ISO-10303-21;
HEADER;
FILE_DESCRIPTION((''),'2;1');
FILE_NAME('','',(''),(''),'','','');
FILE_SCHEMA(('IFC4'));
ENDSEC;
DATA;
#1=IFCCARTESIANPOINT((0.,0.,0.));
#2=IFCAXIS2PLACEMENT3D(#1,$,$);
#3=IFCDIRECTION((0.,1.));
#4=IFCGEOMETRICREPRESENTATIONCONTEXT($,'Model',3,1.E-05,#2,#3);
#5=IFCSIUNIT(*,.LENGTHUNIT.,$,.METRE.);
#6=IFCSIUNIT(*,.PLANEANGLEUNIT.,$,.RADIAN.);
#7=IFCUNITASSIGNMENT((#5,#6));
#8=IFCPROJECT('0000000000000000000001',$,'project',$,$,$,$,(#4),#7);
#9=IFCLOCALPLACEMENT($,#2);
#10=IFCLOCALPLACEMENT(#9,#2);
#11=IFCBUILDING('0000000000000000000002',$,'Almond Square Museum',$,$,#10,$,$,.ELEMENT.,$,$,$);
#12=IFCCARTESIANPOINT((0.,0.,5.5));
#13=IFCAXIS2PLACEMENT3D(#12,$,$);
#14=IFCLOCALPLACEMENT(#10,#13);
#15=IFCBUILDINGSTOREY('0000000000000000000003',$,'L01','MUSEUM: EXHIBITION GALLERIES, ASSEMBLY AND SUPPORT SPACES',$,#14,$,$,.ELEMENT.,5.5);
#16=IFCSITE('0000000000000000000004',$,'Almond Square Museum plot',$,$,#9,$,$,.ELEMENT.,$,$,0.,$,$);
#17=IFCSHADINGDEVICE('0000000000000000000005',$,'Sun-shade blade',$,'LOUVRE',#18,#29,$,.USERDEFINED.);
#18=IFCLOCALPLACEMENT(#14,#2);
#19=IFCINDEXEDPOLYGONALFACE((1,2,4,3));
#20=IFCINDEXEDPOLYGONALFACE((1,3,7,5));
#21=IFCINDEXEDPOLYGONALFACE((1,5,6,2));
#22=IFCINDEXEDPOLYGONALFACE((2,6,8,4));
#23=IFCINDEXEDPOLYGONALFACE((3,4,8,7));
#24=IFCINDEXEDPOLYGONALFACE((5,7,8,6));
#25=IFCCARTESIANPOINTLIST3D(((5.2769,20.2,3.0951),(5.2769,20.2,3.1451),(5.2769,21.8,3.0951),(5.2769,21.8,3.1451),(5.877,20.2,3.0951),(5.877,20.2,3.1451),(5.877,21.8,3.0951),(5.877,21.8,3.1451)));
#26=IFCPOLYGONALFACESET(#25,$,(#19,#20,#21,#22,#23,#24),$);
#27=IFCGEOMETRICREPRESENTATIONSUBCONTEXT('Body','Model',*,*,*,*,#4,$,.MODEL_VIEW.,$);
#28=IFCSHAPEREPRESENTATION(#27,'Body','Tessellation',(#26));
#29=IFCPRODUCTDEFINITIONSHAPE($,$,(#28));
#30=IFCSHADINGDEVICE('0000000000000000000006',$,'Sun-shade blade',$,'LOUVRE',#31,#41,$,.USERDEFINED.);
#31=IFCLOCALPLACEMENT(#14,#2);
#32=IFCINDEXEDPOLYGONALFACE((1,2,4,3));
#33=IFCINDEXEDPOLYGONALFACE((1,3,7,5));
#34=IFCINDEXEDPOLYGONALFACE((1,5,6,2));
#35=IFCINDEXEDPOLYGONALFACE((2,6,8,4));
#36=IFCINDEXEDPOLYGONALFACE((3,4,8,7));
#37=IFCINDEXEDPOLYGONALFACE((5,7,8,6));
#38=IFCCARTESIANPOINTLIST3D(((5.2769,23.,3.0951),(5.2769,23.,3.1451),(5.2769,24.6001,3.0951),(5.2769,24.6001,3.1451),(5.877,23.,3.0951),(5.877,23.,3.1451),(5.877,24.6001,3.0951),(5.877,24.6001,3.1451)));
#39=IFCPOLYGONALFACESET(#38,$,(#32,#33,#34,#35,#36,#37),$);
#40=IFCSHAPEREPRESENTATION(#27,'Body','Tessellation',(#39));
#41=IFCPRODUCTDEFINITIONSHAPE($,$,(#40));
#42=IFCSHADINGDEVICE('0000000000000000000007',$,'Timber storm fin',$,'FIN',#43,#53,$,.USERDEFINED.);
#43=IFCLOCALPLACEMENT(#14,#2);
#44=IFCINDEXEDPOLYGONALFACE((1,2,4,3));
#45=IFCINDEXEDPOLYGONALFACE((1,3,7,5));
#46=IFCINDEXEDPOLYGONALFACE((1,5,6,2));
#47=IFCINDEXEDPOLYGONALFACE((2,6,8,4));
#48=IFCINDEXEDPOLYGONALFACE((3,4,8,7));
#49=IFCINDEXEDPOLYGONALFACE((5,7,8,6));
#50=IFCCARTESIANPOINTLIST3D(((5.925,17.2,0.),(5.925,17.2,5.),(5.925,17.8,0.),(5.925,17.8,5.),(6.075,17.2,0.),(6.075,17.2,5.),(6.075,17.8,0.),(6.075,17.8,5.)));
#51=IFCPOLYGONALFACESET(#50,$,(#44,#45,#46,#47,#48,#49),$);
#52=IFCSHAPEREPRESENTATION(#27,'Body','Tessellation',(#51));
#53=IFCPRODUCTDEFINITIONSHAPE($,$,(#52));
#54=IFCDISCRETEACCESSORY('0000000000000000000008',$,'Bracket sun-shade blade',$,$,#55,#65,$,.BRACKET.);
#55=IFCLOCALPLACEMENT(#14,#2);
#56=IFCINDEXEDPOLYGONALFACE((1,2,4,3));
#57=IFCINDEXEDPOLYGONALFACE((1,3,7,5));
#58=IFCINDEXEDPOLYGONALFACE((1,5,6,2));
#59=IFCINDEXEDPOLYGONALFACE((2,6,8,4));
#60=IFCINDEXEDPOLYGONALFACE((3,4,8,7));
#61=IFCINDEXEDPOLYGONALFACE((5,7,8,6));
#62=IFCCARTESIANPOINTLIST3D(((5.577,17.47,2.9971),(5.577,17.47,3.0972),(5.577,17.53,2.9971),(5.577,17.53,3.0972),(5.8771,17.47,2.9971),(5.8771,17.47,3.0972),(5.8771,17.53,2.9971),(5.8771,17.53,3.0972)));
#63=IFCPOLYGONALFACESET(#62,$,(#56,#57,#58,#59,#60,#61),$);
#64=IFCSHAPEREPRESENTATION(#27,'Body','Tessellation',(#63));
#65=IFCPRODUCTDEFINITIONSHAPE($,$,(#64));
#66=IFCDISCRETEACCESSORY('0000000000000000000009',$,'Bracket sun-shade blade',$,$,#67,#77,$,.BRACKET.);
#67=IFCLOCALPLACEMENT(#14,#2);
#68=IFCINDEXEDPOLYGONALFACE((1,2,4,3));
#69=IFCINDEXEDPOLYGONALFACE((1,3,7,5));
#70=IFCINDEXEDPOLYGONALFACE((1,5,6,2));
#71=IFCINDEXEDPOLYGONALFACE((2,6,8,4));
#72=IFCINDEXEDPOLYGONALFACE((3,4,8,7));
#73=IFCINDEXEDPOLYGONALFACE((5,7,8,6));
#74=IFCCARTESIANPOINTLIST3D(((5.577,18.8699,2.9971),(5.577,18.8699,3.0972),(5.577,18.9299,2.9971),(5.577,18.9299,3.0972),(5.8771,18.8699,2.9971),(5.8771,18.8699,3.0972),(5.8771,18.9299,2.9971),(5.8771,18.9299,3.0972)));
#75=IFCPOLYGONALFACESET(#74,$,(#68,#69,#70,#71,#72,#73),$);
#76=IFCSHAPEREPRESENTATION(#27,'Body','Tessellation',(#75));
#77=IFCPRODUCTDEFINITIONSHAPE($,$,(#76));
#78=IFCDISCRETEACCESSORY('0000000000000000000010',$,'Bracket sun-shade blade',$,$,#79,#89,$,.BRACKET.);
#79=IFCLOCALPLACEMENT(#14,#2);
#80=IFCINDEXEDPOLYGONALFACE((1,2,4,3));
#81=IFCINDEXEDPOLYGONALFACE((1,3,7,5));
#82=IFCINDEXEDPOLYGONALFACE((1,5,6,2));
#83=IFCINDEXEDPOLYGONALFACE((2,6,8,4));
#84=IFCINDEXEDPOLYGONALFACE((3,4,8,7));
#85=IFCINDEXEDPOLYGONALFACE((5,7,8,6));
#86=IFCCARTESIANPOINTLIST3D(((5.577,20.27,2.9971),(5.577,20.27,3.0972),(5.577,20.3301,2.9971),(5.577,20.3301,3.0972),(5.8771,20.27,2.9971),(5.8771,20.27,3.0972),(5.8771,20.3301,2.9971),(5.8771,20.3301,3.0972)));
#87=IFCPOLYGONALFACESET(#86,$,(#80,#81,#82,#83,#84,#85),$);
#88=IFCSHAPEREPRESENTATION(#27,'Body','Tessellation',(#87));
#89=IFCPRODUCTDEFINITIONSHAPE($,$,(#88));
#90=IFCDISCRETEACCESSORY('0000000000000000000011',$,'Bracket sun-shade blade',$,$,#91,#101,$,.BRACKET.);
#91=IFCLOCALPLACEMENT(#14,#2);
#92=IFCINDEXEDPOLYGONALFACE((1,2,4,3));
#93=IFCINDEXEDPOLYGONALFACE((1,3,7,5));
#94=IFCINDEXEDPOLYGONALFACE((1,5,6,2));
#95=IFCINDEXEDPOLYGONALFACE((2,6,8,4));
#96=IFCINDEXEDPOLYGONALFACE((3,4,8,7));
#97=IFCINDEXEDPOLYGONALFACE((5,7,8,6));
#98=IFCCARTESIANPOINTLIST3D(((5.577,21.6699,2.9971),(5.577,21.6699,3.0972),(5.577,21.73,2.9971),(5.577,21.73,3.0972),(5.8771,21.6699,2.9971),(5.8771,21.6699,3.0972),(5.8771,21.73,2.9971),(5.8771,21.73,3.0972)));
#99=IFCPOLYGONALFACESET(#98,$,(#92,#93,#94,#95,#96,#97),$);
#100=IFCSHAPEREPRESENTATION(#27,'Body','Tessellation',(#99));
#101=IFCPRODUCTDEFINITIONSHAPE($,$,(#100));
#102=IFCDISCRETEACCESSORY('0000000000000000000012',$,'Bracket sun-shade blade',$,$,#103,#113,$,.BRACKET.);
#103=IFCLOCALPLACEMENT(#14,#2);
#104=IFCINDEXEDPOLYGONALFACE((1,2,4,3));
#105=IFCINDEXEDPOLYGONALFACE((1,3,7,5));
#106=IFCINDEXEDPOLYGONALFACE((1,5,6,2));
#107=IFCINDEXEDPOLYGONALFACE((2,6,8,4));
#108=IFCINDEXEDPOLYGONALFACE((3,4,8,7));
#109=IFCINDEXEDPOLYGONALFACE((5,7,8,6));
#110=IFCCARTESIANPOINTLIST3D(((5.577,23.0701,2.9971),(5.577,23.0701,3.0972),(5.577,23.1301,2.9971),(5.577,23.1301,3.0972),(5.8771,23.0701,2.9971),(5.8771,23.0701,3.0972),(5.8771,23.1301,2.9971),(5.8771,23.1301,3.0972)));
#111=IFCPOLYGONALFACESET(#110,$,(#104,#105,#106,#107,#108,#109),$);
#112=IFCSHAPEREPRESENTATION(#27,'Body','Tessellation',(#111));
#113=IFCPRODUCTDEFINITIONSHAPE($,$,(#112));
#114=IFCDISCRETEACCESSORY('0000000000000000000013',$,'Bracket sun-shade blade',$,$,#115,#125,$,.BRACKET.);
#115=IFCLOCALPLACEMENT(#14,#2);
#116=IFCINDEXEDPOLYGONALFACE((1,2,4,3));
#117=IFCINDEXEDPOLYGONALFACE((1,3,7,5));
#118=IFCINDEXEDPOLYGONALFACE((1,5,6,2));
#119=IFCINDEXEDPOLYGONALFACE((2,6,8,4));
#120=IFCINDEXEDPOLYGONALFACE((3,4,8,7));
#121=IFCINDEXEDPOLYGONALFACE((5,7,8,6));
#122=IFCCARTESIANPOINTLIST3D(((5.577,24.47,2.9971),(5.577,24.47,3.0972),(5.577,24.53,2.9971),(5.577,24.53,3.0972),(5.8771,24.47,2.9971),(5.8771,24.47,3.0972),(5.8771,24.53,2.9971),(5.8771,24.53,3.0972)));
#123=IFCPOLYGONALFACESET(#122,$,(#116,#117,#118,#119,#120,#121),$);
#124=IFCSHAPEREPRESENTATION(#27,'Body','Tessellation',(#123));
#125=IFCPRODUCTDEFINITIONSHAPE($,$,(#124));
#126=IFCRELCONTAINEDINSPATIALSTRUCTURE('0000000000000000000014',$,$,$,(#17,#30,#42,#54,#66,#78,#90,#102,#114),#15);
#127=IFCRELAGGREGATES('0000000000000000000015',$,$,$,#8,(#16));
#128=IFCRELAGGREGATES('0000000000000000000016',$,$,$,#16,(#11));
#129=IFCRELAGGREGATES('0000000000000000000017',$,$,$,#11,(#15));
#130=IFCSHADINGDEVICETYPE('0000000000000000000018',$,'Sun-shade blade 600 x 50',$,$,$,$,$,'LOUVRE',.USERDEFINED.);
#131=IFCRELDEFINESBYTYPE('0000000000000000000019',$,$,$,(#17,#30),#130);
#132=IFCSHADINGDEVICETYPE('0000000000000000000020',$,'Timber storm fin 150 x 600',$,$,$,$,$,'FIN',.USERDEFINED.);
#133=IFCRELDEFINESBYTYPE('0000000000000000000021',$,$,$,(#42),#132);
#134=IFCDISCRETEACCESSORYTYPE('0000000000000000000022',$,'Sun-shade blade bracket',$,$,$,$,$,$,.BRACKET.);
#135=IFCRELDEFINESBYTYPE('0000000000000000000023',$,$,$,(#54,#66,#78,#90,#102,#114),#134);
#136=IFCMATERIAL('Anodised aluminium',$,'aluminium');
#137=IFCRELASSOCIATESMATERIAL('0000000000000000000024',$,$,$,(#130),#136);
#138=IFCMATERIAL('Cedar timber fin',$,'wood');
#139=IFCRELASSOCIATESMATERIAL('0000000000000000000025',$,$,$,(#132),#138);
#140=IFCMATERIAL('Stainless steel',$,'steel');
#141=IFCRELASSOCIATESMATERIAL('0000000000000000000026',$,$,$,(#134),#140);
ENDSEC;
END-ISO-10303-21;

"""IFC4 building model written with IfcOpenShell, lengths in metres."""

from ifc_helpers import new_model, si_unit, direction, frame, origin, origin_2d, place, context, subcontext, project, spatial, rectangle, extrude, material, material_profile, profile_set, type_object, element, save


model = new_model("IFC4")

# Units and contexts
model_context = context("Model", 3, precision=1e-05, world=origin(), true_north=direction((0.0, 1.0)))
body_context = subcontext(model_context, "Body", "Model", "MODEL_VIEW")
ifc_project = project(units=[si_unit("LENGTHUNIT", "METRE"), si_unit("PLANEANGLEUNIT", "RADIAN")], contexts=[model_context])

# Site, building, storey
site_placement = place(None, origin())
site = spatial("IfcSite", under=ifc_project, at=site_placement, Name="Almond Square Museum plot", CompositionType="ELEMENT", RefElevation=0.0)
building_placement = place(site_placement, origin())
building = spatial("IfcBuilding", under=site, at=building_placement, Name="Almond Square Museum", CompositionType="ELEMENT")
storey_placement = place(building_placement, frame((0.0, 0.0, 5.5)))
storey = spatial("IfcBuildingStorey", under=building, at=storey_placement, Name="L01", Description="MUSEUM: EXHIBITION GALLERIES, ASSEMBLY AND SUPPORT SPACES", CompositionType="ELEMENT", Elevation=5.5)

# Shading devices
ifc_material_1 = material(Name="Anodised aluminium", Category="aluminium")
ifc_material_profile_1 = material_profile(ifc_material_1, rectangle(XDim=0.6001, YDim=0.05, at=origin_2d()))
ifc_profile_set_1 = profile_set([ifc_material_profile_1], Name="Anodised aluminium")
shading_device_type_1 = type_object("IfcShadingDeviceType", Name="Sun-shade blade 600 x 50", ElementType="LOUVRE", PredefinedType="USERDEFINED", material=ifc_profile_set_1)
for number, where, z_axis, x_axis, name in (
    (1, (5.5769, 20.2, 3.1201), (0.0, 1.0, 0.0), (-1.0, 0.0, 0.0), "Sun-shade blade"),
    (2, (5.5769, 23.0, 3.1201), (0.0, 1.0, 0.0), (-1.0, 0.0, 0.0), "Sun-shade blade"),
):
    element("IfcShadingDevice", number, at=place(storey_placement, frame(where, z_axis=z_axis, x_axis=x_axis)), inside=storey, type_object=shading_device_type_1, Name=name, ObjectType="LOUVRE", PredefinedType="USERDEFINED", context=body_context, shape_type="SweptSolid", body=[
        extrude(rectangle(XDim=0.6001, YDim=0.05, at=origin_2d()), origin(), (0.0, 0.0, 1.0), 1.6001),
    ])
ifc_material_2 = material(Name="Cedar timber fin", Category="wood")
shading_device_type_2 = type_object("IfcShadingDeviceType", Name="Timber storm fin 150 x 600", ElementType="FIN", PredefinedType="USERDEFINED", material=ifc_material_2)
shading_device_placement = place(storey_placement, frame((6.0, 17.5, 0.0), z_axis=(0.0, 0.0, 1.0), x_axis=(1.0, 0.0, 0.0)))
element("IfcShadingDevice", 3, at=shading_device_placement, inside=storey, type_object=shading_device_type_2, Name="Timber storm fin", ObjectType="FIN", PredefinedType="USERDEFINED", context=body_context, shape_type="SweptSolid", body=[
    extrude(rectangle(XDim=0.1499, YDim=0.6001, at=origin_2d()), origin(), (0.0, 0.0, 1.0), 5.0),
])

# Discrete accessories
ifc_material_3 = material(Name="Stainless steel", Category="steel")
discrete_accessory_type = type_object("IfcDiscreteAccessoryType", Name="Sun-shade blade bracket", PredefinedType="BRACKET", material=ifc_material_3)
for number, where, z_axis, x_axis, name in (
    (4, (5.7271, 17.5, 2.9971), (0.0, 0.0, 1.0), (1.0, 0.0, 0.0), "Bracket sun-shade blade"),
    (5, (5.7271, 18.8999, 2.9971), (0.0, 0.0, 1.0), (1.0, 0.0, 0.0), "Bracket sun-shade blade"),
    (6, (5.7271, 20.3, 2.9971), (0.0, 0.0, 1.0), (1.0, 0.0, 0.0), "Bracket sun-shade blade"),
    (7, (5.7271, 21.7, 2.9971), (0.0, 0.0, 1.0), (1.0, 0.0, 0.0), "Bracket sun-shade blade"),
    (8, (5.7271, 23.1001, 2.9971), (0.0, 0.0, 1.0), (1.0, 0.0, 0.0), "Bracket sun-shade blade"),
    (9, (5.7271, 24.5, 2.9971), (0.0, 0.0, 1.0), (1.0, 0.0, 0.0), "Bracket sun-shade blade"),
):
    element("IfcDiscreteAccessory", number, at=place(storey_placement, frame(where, z_axis=z_axis, x_axis=x_axis)), inside=storey, type_object=discrete_accessory_type, Name=name, PredefinedType="BRACKET", context=body_context, shape_type="SweptSolid", body=[
        extrude(rectangle(XDim=0.3, YDim=0.0601, at=origin_2d()), origin(), (0.0, 0.0, 1.0), 0.1001),
    ])

save(model, "model.ifc")
